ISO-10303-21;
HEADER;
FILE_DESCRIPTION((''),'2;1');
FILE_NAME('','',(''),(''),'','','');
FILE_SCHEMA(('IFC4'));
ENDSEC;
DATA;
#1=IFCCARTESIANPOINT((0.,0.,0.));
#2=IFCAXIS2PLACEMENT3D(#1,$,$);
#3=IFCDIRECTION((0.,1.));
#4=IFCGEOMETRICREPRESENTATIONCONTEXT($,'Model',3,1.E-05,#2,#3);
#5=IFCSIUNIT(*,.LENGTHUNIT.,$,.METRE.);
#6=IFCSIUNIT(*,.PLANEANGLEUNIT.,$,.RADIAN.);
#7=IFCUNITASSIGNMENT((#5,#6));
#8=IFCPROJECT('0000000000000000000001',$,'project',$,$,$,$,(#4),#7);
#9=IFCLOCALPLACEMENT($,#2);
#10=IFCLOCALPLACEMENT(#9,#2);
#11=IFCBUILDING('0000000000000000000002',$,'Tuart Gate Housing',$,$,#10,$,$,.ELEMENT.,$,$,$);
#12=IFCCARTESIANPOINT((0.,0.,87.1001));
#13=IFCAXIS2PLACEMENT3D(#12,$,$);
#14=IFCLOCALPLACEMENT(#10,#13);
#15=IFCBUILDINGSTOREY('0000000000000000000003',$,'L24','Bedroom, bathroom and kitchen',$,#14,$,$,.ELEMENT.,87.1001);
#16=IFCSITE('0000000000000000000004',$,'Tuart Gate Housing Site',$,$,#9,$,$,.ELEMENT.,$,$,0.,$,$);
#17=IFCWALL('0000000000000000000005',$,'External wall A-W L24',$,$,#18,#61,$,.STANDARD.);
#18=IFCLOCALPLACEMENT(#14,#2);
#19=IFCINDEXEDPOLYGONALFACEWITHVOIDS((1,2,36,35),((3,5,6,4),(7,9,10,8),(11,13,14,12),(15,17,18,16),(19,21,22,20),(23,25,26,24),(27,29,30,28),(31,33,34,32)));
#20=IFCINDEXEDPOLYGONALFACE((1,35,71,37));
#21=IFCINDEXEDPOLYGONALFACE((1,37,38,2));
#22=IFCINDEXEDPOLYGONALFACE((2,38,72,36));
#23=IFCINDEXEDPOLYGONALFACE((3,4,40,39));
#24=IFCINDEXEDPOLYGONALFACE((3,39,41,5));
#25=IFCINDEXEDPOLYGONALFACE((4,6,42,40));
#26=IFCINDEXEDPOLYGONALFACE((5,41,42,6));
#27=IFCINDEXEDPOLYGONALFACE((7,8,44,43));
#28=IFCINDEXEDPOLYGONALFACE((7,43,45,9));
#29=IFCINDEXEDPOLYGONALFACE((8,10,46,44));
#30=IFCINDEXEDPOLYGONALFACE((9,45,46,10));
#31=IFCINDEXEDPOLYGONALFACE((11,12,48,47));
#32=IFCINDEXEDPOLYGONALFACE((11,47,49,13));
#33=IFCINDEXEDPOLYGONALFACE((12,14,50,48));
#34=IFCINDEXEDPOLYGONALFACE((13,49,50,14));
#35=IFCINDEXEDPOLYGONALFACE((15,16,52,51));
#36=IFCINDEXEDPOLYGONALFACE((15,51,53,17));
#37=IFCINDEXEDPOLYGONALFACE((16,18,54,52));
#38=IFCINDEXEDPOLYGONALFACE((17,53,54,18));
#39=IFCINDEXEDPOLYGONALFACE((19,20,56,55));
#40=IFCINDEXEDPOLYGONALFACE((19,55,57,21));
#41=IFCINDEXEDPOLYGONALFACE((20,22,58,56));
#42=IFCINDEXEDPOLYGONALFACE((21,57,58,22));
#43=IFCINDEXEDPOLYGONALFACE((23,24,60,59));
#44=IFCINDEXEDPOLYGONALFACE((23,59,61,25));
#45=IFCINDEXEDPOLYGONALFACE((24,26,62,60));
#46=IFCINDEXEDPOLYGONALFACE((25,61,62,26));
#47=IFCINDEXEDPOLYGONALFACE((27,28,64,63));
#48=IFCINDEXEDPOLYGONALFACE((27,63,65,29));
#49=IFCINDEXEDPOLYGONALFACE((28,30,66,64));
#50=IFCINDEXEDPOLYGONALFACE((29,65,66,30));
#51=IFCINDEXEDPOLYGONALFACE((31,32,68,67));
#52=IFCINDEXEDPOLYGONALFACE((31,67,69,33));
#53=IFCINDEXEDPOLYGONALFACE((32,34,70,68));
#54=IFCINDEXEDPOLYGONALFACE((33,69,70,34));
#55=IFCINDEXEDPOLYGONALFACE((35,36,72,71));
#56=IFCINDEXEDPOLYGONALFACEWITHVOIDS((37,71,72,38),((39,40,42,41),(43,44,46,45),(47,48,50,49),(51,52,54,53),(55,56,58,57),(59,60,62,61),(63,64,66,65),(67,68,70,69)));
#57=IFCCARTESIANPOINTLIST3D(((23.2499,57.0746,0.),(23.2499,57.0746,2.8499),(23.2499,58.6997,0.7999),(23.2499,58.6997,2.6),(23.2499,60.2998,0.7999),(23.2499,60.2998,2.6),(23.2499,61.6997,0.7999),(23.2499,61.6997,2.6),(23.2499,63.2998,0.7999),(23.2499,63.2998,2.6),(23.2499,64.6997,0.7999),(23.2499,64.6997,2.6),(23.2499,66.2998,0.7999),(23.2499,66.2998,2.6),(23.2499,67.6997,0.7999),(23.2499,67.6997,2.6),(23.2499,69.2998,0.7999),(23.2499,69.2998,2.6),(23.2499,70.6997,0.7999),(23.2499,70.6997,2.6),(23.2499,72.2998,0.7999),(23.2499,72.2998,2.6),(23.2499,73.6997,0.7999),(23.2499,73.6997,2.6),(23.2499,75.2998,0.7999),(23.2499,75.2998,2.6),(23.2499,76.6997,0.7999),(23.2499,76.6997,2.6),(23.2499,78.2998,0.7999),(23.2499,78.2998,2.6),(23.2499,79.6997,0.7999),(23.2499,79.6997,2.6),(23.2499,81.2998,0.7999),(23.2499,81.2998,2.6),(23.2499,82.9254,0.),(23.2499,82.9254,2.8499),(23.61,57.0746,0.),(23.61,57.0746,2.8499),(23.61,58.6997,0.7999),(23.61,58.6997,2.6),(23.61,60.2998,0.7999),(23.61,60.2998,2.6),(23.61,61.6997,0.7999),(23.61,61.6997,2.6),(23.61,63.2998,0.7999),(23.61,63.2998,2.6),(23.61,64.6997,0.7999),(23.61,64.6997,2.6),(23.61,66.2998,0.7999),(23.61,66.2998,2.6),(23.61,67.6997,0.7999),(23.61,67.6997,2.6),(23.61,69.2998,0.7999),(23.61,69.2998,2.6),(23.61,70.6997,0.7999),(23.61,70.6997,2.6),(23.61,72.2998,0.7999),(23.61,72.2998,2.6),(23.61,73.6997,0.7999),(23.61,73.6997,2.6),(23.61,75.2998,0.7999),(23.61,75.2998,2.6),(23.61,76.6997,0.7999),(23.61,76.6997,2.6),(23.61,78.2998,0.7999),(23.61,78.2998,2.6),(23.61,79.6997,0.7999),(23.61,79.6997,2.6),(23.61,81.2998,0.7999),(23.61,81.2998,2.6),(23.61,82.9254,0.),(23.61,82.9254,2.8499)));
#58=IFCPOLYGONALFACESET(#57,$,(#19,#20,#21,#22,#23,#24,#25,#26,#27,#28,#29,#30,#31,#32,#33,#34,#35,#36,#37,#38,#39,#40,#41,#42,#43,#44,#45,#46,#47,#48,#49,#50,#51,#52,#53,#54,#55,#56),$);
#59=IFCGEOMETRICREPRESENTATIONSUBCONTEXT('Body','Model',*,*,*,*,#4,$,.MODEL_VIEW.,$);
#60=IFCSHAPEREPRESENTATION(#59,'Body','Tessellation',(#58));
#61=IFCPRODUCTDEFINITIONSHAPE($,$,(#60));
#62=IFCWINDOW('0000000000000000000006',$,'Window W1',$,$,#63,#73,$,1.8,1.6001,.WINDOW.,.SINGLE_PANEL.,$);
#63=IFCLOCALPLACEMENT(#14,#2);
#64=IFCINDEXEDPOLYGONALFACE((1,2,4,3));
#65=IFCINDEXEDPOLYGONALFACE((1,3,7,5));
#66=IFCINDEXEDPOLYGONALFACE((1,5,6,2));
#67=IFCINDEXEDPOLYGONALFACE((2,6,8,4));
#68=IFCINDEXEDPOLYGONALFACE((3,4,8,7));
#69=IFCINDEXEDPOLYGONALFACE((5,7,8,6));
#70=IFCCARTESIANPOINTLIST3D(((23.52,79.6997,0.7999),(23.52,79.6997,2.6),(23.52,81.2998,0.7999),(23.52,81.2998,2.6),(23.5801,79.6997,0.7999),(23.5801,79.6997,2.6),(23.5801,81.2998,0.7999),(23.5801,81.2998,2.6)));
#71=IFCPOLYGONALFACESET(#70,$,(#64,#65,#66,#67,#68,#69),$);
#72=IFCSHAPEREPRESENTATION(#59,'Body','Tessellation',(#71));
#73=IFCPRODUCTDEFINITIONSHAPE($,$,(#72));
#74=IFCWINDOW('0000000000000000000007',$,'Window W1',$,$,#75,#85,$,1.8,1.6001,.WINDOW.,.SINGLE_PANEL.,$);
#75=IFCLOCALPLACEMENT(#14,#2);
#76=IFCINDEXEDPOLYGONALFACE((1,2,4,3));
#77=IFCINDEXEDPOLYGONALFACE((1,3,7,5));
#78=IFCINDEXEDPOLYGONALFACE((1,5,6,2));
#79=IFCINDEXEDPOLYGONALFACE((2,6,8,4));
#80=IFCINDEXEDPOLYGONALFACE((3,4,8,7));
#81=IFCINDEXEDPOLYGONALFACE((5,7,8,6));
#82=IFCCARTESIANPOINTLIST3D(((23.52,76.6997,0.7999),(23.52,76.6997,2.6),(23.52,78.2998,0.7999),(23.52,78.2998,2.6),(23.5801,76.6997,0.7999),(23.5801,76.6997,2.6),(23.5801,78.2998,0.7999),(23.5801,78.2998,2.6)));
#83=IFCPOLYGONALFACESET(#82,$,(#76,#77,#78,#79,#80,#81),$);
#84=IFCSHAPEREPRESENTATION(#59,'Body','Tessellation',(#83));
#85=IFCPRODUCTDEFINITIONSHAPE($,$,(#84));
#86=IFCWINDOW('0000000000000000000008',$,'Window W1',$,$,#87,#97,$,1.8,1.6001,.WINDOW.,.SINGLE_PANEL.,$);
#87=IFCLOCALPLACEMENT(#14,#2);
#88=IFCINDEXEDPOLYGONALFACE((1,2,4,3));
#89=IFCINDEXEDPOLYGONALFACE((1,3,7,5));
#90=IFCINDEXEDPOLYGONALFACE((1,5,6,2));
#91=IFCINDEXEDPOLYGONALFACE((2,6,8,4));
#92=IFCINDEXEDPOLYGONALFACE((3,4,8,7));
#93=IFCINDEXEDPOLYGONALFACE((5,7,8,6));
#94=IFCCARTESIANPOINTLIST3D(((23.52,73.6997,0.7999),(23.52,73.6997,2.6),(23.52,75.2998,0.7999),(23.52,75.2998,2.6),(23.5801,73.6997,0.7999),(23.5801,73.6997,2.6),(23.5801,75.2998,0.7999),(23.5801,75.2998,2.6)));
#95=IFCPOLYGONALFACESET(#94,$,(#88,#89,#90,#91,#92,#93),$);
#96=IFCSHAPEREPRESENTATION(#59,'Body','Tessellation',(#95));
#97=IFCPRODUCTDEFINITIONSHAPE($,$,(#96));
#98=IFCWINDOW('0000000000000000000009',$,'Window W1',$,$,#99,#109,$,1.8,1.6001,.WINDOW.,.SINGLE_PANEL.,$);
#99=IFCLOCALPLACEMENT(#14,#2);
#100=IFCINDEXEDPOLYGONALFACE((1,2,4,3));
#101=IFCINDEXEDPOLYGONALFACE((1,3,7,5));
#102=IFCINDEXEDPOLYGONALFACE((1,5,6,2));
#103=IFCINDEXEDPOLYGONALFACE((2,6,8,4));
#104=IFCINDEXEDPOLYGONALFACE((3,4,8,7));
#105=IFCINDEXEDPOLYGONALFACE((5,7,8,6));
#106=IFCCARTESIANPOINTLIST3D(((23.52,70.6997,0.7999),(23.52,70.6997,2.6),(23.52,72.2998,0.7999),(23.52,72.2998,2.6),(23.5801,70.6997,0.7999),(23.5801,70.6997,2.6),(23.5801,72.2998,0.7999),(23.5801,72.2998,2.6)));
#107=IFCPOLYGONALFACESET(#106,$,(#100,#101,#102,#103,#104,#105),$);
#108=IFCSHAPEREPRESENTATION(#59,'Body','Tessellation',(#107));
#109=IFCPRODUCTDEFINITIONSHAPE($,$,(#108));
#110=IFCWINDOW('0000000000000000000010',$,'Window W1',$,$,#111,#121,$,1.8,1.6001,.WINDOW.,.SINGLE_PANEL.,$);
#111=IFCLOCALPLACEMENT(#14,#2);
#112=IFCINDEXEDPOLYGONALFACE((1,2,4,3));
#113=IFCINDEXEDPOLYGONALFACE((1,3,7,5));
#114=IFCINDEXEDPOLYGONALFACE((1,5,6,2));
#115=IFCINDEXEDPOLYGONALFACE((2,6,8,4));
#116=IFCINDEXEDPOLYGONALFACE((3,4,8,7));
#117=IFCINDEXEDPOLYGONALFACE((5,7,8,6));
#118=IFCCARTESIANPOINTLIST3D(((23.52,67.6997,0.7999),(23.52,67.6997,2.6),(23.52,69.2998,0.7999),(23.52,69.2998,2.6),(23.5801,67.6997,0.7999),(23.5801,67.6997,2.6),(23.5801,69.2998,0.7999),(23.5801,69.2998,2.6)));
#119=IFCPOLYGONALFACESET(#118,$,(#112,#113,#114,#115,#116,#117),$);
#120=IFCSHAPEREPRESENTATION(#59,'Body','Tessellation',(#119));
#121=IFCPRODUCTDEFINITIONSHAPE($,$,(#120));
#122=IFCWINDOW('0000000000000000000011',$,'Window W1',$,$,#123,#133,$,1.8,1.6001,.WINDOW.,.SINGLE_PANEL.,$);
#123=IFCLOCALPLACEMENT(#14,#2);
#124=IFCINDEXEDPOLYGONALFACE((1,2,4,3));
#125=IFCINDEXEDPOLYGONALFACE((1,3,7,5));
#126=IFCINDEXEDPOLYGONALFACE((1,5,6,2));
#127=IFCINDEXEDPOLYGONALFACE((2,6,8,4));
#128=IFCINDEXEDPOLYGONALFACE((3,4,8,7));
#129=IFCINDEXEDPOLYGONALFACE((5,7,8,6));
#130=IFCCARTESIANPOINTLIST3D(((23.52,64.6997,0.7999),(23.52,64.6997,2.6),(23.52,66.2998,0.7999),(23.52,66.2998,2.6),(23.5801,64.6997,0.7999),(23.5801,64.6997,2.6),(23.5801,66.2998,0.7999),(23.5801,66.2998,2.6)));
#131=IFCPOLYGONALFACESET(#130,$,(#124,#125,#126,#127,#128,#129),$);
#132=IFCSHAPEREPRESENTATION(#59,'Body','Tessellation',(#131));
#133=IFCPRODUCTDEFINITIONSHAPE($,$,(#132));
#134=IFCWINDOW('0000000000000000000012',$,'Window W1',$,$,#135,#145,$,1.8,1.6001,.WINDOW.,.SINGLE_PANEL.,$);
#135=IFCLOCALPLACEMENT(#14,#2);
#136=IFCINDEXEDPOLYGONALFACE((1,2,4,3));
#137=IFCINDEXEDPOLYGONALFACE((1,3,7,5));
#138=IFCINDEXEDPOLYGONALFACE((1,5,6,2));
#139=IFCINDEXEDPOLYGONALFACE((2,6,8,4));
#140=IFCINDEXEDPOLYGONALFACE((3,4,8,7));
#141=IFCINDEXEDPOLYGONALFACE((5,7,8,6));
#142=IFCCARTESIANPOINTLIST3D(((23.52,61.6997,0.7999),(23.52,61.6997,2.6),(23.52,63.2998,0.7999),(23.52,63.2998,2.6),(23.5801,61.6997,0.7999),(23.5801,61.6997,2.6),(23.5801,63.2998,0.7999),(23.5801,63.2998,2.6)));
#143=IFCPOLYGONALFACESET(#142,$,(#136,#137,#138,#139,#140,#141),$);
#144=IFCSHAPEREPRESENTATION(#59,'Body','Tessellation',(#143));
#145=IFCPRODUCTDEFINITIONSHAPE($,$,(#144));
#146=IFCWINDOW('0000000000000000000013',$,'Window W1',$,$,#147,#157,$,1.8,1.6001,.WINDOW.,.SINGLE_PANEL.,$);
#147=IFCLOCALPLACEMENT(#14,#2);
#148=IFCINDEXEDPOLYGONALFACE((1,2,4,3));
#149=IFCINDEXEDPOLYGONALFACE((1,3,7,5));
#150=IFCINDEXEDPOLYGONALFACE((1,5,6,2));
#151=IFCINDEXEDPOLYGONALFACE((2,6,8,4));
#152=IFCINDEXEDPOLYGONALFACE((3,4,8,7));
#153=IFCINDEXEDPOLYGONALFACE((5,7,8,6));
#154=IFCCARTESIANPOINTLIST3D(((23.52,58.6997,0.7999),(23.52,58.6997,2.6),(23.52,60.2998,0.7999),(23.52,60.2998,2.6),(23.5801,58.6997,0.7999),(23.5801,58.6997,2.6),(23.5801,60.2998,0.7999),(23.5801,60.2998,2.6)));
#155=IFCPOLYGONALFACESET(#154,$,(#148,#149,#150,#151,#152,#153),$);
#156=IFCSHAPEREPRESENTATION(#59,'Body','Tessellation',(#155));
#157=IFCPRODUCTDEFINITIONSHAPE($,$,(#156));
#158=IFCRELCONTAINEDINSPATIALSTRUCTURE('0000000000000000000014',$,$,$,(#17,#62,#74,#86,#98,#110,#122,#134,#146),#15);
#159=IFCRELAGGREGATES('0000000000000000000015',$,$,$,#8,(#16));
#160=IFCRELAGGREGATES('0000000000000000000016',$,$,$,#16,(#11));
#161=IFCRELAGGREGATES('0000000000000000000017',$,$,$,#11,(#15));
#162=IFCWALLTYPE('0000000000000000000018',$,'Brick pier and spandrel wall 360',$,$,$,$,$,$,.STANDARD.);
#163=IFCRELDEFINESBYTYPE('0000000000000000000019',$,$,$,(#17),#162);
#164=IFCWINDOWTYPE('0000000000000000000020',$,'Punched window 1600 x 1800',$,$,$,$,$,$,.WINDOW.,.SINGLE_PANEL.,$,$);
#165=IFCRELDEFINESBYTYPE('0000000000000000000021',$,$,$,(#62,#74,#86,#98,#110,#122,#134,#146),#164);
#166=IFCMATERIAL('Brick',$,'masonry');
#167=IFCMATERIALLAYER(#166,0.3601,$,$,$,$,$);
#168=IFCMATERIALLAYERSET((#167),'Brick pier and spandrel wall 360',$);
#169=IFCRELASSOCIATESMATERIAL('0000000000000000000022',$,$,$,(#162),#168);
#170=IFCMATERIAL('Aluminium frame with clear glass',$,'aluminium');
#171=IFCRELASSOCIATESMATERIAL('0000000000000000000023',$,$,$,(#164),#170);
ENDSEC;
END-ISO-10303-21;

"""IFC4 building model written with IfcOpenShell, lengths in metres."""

from ifc_helpers import new_model, si_unit, direction, frame, frame_2d, origin, place, context, subcontext, project, spatial, rectangle, extrude, material, layer, layer_set, type_object, element, fill, save


model = new_model("IFC4")

# Units and contexts
model_context = context("Model", 3, precision=1e-05, world=origin(), true_north=direction((0.0, 1.0)))
body_context = subcontext(model_context, "Body", "Model", "MODEL_VIEW")
ifc_project = project(units=[si_unit("LENGTHUNIT", "METRE"), si_unit("PLANEANGLEUNIT", "RADIAN")], contexts=[model_context])

# Site, building, storey
site_placement = place(None, origin())
site = spatial("IfcSite", under=ifc_project, at=site_placement, Name="Tuart Gate Housing Site", CompositionType="ELEMENT", RefElevation=0.0)
building_placement = place(site_placement, origin())
building = spatial("IfcBuilding", under=site, at=building_placement, Name="Tuart Gate Housing", CompositionType="ELEMENT")
storey_placement = place(building_placement, frame((0.0, 0.0, 87.1001)))
storey = spatial("IfcBuildingStorey", under=building, at=storey_placement, Name="L24", Description="Bedroom, bathroom and kitchen", CompositionType="ELEMENT", Elevation=87.1001)

# Shared definitions
ifc_material_1 = material(Name="Brick", Category="masonry")
ifc_layer_1 = layer(ifc_material_1, 0.3601)
ifc_layer_set_1 = layer_set([ifc_layer_1], Name="Brick pier and spandrel wall 360")
wall_type_1 = type_object("IfcWallType", Name="Brick pier and spandrel wall 360", PredefinedType="STANDARD", material=ifc_layer_set_1)
ifc_material_2 = material(Name="Aluminium frame with clear glass", Category="aluminium")
window_type = type_object("IfcWindowType", Name="Punched window 1600 x 1800", PartitioningType="SINGLE_PANEL", PredefinedType="WINDOW", material=ifc_material_2)

# Wall, openings, windows
wall_1_placement = place(storey_placement, frame((23.4299, 82.9253, 0.0), z_axis=(0.0, 0.0, 1.0), x_axis=(0.0, -1.0, 0.0)))
wall_1 = element("IfcWall", 1, at=wall_1_placement, inside=storey, type_object=wall_type_1, Name="External wall A-W L24", PredefinedType="STANDARD", context=body_context, shape_type="SweptSolid", body=[
    extrude(rectangle(XDim=25.8508, YDim=0.3601, at=frame_2d((12.9253, 0.0))), origin(), (0.0, 0.0, 1.0), 2.8499),
])
opening_1_placement = place(wall_1_placement, frame((1.6255, 0.0, 0.8)))
opening_1 = element("IfcOpeningElement", 2, at=opening_1_placement, cuts=wall_1, PredefinedType="OPENING", context=body_context, shape_type="SweptSolid", body=[
    extrude(rectangle(XDim=1.6001, YDim=1.8, at=frame_2d((0.8, 0.8999))), frame((0.0, 0.1899, 0.0), z_axis=(0.0, -1.0, 0.0), x_axis=(1.0, 0.0, 0.0)), (0.0, 0.0, 1.0), 0.3801),
])
opening_2_placement = place(wall_1_placement, frame((4.6255, 0.0, 0.8)))
opening_2 = element("IfcOpeningElement", 3, at=opening_2_placement, cuts=wall_1, PredefinedType="OPENING", context=body_context, shape_type="SweptSolid", body=[
    extrude(rectangle(XDim=1.6001, YDim=1.8, at=frame_2d((0.8, 0.8999))), frame((0.0, 0.1899, 0.0), z_axis=(0.0, -1.0, 0.0), x_axis=(1.0, 0.0, 0.0)), (0.0, 0.0, 1.0), 0.3801),
])
opening_3_placement = place(wall_1_placement, frame((7.6255, 0.0, 0.8)))
opening_3 = element("IfcOpeningElement", 4, at=opening_3_placement, cuts=wall_1, PredefinedType="OPENING", context=body_context, shape_type="SweptSolid", body=[
    extrude(rectangle(XDim=1.6001, YDim=1.8, at=frame_2d((0.8, 0.8999))), frame((0.0, 0.1899, 0.0), z_axis=(0.0, -1.0, 0.0), x_axis=(1.0, 0.0, 0.0)), (0.0, 0.0, 1.0), 0.3801),
])
opening_4_placement = place(wall_1_placement, frame((10.6255, 0.0, 0.8)))
opening_4 = element("IfcOpeningElement", 5, at=opening_4_placement, cuts=wall_1, PredefinedType="OPENING", context=body_context, shape_type="SweptSolid", body=[
    extrude(rectangle(XDim=1.6001, YDim=1.8, at=frame_2d((0.8, 0.8999))), frame((0.0, 0.1899, 0.0), z_axis=(0.0, -1.0, 0.0), x_axis=(1.0, 0.0, 0.0)), (0.0, 0.0, 1.0), 0.3801),
])
opening_5_placement = place(wall_1_placement, frame((13.6255, 0.0, 0.8)))
opening_5 = element("IfcOpeningElement", 6, at=opening_5_placement, cuts=wall_1, PredefinedType="OPENING", context=body_context, shape_type="SweptSolid", body=[
    extrude(rectangle(XDim=1.6001, YDim=1.8, at=frame_2d((0.8, 0.8999))), frame((0.0, 0.1899, 0.0), z_axis=(0.0, -1.0, 0.0), x_axis=(1.0, 0.0, 0.0)), (0.0, 0.0, 1.0), 0.3801),
])
opening_6_placement = place(wall_1_placement, frame((16.6255, 0.0, 0.8)))
opening_6 = element("IfcOpeningElement", 7, at=opening_6_placement, cuts=wall_1, PredefinedType="OPENING", context=body_context, shape_type="SweptSolid", body=[
    extrude(rectangle(XDim=1.6001, YDim=1.8, at=frame_2d((0.8, 0.8999))), frame((0.0, 0.1899, 0.0), z_axis=(0.0, -1.0, 0.0), x_axis=(1.0, 0.0, 0.0)), (0.0, 0.0, 1.0), 0.3801),
])
opening_7_placement = place(wall_1_placement, frame((19.6255, 0.0, 0.8)))
opening_7 = element("IfcOpeningElement", 8, at=opening_7_placement, cuts=wall_1, PredefinedType="OPENING", context=body_context, shape_type="SweptSolid", body=[
    extrude(rectangle(XDim=1.6001, YDim=1.8, at=frame_2d((0.8, 0.8999))), frame((0.0, 0.1899, 0.0), z_axis=(0.0, -1.0, 0.0), x_axis=(1.0, 0.0, 0.0)), (0.0, 0.0, 1.0), 0.3801),
])
opening_8_placement = place(wall_1_placement, frame((22.6255, 0.0, 0.8)))
opening_8 = element("IfcOpeningElement", 9, at=opening_8_placement, cuts=wall_1, PredefinedType="OPENING", context=body_context, shape_type="SweptSolid", body=[
    extrude(rectangle(XDim=1.6001, YDim=1.8, at=frame_2d((0.8, 0.8999))), frame((0.0, 0.1899, 0.0), z_axis=(0.0, -1.0, 0.0), x_axis=(1.0, 0.0, 0.0)), (0.0, 0.0, 1.0), 0.3801),
])
window_1_placement = place(opening_1_placement, origin())
window_1 = element("IfcWindow", 10, at=window_1_placement, inside=storey, type_object=window_type, Name="Window W1", OverallHeight=1.8, OverallWidth=1.6001, PartitioningType="SINGLE_PANEL", PredefinedType="WINDOW", context=body_context, shape_type="SweptSolid", body=[
    extrude(rectangle(XDim=1.6001, YDim=1.8, at=frame_2d((0.8, 0.8999))), frame((0.0, 0.1501, 0.0), z_axis=(0.0, -1.0, 0.0), x_axis=(1.0, 0.0, 0.0)), (0.0, 0.0, 1.0), 0.0601),
])
fill(opening_1, window_1)
window_2_placement = place(opening_2_placement, origin())
window_2 = element("IfcWindow", 11, at=window_2_placement, inside=storey, type_object=window_type, Name="Window W1", OverallHeight=1.8, OverallWidth=1.6001, PartitioningType="SINGLE_PANEL", PredefinedType="WINDOW", context=body_context, shape_type="SweptSolid", body=[
    extrude(rectangle(XDim=1.6001, YDim=1.8, at=frame_2d((0.8, 0.8999))), frame((0.0, 0.1501, 0.0), z_axis=(0.0, -1.0, 0.0), x_axis=(1.0, 0.0, 0.0)), (0.0, 0.0, 1.0), 0.0601),
])
fill(opening_2, window_2)
window_3_placement = place(opening_3_placement, origin())
window_3 = element("IfcWindow", 12, at=window_3_placement, inside=storey, type_object=window_type, Name="Window W1", OverallHeight=1.8, OverallWidth=1.6001, PartitioningType="SINGLE_PANEL", PredefinedType="WINDOW", context=body_context, shape_type="SweptSolid", body=[
    extrude(rectangle(XDim=1.6001, YDim=1.8, at=frame_2d((0.8, 0.8999))), frame((0.0, 0.1501, 0.0), z_axis=(0.0, -1.0, 0.0), x_axis=(1.0, 0.0, 0.0)), (0.0, 0.0, 1.0), 0.0601),
])
fill(opening_3, window_3)
window_4_placement = place(opening_4_placement, origin())
window_4 = element("IfcWindow", 13, at=window_4_placement, inside=storey, type_object=window_type, Name="Window W1", OverallHeight=1.8, OverallWidth=1.6001, PartitioningType="SINGLE_PANEL", PredefinedType="WINDOW", context=body_context, shape_type="SweptSolid", body=[
    extrude(rectangle(XDim=1.6001, YDim=1.8, at=frame_2d((0.8, 0.8999))), frame((0.0, 0.1501, 0.0), z_axis=(0.0, -1.0, 0.0), x_axis=(1.0, 0.0, 0.0)), (0.0, 0.0, 1.0), 0.0601),
])
fill(opening_4, window_4)
window_5_placement = place(opening_5_placement, origin())
window_5 = element("IfcWindow", 14, at=window_5_placement, inside=storey, type_object=window_type, Name="Window W1", OverallHeight=1.8, OverallWidth=1.6001, PartitioningType="SINGLE_PANEL", PredefinedType="WINDOW", context=body_context, shape_type="SweptSolid", body=[
    extrude(rectangle(XDim=1.6001, YDim=1.8, at=frame_2d((0.8, 0.8999))), frame((0.0, 0.1501, 0.0), z_axis=(0.0, -1.0, 0.0), x_axis=(1.0, 0.0, 0.0)), (0.0, 0.0, 1.0), 0.0601),
])
fill(opening_5, window_5)
window_6_placement = place(opening_6_placement, origin())
window_6 = element("IfcWindow", 15, at=window_6_placement, inside=storey, type_object=window_type, Name="Window W1", OverallHeight=1.8, OverallWidth=1.6001, PartitioningType="SINGLE_PANEL", PredefinedType="WINDOW", context=body_context, shape_type="SweptSolid", body=[
    extrude(rectangle(XDim=1.6001, YDim=1.8, at=frame_2d((0.8, 0.8999))), frame((0.0, 0.1501, 0.0), z_axis=(0.0, -1.0, 0.0), x_axis=(1.0, 0.0, 0.0)), (0.0, 0.0, 1.0), 0.0601),
])
fill(opening_6, window_6)
window_7_placement = place(opening_7_placement, origin())
window_7 = element("IfcWindow", 16, at=window_7_placement, inside=storey, type_object=window_type, Name="Window W1", OverallHeight=1.8, OverallWidth=1.6001, PartitioningType="SINGLE_PANEL", PredefinedType="WINDOW", context=body_context, shape_type="SweptSolid", body=[
    extrude(rectangle(XDim=1.6001, YDim=1.8, at=frame_2d((0.8, 0.8999))), frame((0.0, 0.1501, 0.0), z_axis=(0.0, -1.0, 0.0), x_axis=(1.0, 0.0, 0.0)), (0.0, 0.0, 1.0), 0.0601),
])
fill(opening_7, window_7)
window_8_placement = place(opening_8_placement, origin())
window_8 = element("IfcWindow", 17, at=window_8_placement, inside=storey, type_object=window_type, Name="Window W1", OverallHeight=1.8, OverallWidth=1.6001, PartitioningType="SINGLE_PANEL", PredefinedType="WINDOW", context=body_context, shape_type="SweptSolid", body=[
    extrude(rectangle(XDim=1.6001, YDim=1.8, at=frame_2d((0.8, 0.8999))), frame((0.0, 0.1501, 0.0), z_axis=(0.0, -1.0, 0.0), x_axis=(1.0, 0.0, 0.0)), (0.0, 0.0, 1.0), 0.0601),
])
fill(opening_8, window_8)

save(model, "model.ifc")
